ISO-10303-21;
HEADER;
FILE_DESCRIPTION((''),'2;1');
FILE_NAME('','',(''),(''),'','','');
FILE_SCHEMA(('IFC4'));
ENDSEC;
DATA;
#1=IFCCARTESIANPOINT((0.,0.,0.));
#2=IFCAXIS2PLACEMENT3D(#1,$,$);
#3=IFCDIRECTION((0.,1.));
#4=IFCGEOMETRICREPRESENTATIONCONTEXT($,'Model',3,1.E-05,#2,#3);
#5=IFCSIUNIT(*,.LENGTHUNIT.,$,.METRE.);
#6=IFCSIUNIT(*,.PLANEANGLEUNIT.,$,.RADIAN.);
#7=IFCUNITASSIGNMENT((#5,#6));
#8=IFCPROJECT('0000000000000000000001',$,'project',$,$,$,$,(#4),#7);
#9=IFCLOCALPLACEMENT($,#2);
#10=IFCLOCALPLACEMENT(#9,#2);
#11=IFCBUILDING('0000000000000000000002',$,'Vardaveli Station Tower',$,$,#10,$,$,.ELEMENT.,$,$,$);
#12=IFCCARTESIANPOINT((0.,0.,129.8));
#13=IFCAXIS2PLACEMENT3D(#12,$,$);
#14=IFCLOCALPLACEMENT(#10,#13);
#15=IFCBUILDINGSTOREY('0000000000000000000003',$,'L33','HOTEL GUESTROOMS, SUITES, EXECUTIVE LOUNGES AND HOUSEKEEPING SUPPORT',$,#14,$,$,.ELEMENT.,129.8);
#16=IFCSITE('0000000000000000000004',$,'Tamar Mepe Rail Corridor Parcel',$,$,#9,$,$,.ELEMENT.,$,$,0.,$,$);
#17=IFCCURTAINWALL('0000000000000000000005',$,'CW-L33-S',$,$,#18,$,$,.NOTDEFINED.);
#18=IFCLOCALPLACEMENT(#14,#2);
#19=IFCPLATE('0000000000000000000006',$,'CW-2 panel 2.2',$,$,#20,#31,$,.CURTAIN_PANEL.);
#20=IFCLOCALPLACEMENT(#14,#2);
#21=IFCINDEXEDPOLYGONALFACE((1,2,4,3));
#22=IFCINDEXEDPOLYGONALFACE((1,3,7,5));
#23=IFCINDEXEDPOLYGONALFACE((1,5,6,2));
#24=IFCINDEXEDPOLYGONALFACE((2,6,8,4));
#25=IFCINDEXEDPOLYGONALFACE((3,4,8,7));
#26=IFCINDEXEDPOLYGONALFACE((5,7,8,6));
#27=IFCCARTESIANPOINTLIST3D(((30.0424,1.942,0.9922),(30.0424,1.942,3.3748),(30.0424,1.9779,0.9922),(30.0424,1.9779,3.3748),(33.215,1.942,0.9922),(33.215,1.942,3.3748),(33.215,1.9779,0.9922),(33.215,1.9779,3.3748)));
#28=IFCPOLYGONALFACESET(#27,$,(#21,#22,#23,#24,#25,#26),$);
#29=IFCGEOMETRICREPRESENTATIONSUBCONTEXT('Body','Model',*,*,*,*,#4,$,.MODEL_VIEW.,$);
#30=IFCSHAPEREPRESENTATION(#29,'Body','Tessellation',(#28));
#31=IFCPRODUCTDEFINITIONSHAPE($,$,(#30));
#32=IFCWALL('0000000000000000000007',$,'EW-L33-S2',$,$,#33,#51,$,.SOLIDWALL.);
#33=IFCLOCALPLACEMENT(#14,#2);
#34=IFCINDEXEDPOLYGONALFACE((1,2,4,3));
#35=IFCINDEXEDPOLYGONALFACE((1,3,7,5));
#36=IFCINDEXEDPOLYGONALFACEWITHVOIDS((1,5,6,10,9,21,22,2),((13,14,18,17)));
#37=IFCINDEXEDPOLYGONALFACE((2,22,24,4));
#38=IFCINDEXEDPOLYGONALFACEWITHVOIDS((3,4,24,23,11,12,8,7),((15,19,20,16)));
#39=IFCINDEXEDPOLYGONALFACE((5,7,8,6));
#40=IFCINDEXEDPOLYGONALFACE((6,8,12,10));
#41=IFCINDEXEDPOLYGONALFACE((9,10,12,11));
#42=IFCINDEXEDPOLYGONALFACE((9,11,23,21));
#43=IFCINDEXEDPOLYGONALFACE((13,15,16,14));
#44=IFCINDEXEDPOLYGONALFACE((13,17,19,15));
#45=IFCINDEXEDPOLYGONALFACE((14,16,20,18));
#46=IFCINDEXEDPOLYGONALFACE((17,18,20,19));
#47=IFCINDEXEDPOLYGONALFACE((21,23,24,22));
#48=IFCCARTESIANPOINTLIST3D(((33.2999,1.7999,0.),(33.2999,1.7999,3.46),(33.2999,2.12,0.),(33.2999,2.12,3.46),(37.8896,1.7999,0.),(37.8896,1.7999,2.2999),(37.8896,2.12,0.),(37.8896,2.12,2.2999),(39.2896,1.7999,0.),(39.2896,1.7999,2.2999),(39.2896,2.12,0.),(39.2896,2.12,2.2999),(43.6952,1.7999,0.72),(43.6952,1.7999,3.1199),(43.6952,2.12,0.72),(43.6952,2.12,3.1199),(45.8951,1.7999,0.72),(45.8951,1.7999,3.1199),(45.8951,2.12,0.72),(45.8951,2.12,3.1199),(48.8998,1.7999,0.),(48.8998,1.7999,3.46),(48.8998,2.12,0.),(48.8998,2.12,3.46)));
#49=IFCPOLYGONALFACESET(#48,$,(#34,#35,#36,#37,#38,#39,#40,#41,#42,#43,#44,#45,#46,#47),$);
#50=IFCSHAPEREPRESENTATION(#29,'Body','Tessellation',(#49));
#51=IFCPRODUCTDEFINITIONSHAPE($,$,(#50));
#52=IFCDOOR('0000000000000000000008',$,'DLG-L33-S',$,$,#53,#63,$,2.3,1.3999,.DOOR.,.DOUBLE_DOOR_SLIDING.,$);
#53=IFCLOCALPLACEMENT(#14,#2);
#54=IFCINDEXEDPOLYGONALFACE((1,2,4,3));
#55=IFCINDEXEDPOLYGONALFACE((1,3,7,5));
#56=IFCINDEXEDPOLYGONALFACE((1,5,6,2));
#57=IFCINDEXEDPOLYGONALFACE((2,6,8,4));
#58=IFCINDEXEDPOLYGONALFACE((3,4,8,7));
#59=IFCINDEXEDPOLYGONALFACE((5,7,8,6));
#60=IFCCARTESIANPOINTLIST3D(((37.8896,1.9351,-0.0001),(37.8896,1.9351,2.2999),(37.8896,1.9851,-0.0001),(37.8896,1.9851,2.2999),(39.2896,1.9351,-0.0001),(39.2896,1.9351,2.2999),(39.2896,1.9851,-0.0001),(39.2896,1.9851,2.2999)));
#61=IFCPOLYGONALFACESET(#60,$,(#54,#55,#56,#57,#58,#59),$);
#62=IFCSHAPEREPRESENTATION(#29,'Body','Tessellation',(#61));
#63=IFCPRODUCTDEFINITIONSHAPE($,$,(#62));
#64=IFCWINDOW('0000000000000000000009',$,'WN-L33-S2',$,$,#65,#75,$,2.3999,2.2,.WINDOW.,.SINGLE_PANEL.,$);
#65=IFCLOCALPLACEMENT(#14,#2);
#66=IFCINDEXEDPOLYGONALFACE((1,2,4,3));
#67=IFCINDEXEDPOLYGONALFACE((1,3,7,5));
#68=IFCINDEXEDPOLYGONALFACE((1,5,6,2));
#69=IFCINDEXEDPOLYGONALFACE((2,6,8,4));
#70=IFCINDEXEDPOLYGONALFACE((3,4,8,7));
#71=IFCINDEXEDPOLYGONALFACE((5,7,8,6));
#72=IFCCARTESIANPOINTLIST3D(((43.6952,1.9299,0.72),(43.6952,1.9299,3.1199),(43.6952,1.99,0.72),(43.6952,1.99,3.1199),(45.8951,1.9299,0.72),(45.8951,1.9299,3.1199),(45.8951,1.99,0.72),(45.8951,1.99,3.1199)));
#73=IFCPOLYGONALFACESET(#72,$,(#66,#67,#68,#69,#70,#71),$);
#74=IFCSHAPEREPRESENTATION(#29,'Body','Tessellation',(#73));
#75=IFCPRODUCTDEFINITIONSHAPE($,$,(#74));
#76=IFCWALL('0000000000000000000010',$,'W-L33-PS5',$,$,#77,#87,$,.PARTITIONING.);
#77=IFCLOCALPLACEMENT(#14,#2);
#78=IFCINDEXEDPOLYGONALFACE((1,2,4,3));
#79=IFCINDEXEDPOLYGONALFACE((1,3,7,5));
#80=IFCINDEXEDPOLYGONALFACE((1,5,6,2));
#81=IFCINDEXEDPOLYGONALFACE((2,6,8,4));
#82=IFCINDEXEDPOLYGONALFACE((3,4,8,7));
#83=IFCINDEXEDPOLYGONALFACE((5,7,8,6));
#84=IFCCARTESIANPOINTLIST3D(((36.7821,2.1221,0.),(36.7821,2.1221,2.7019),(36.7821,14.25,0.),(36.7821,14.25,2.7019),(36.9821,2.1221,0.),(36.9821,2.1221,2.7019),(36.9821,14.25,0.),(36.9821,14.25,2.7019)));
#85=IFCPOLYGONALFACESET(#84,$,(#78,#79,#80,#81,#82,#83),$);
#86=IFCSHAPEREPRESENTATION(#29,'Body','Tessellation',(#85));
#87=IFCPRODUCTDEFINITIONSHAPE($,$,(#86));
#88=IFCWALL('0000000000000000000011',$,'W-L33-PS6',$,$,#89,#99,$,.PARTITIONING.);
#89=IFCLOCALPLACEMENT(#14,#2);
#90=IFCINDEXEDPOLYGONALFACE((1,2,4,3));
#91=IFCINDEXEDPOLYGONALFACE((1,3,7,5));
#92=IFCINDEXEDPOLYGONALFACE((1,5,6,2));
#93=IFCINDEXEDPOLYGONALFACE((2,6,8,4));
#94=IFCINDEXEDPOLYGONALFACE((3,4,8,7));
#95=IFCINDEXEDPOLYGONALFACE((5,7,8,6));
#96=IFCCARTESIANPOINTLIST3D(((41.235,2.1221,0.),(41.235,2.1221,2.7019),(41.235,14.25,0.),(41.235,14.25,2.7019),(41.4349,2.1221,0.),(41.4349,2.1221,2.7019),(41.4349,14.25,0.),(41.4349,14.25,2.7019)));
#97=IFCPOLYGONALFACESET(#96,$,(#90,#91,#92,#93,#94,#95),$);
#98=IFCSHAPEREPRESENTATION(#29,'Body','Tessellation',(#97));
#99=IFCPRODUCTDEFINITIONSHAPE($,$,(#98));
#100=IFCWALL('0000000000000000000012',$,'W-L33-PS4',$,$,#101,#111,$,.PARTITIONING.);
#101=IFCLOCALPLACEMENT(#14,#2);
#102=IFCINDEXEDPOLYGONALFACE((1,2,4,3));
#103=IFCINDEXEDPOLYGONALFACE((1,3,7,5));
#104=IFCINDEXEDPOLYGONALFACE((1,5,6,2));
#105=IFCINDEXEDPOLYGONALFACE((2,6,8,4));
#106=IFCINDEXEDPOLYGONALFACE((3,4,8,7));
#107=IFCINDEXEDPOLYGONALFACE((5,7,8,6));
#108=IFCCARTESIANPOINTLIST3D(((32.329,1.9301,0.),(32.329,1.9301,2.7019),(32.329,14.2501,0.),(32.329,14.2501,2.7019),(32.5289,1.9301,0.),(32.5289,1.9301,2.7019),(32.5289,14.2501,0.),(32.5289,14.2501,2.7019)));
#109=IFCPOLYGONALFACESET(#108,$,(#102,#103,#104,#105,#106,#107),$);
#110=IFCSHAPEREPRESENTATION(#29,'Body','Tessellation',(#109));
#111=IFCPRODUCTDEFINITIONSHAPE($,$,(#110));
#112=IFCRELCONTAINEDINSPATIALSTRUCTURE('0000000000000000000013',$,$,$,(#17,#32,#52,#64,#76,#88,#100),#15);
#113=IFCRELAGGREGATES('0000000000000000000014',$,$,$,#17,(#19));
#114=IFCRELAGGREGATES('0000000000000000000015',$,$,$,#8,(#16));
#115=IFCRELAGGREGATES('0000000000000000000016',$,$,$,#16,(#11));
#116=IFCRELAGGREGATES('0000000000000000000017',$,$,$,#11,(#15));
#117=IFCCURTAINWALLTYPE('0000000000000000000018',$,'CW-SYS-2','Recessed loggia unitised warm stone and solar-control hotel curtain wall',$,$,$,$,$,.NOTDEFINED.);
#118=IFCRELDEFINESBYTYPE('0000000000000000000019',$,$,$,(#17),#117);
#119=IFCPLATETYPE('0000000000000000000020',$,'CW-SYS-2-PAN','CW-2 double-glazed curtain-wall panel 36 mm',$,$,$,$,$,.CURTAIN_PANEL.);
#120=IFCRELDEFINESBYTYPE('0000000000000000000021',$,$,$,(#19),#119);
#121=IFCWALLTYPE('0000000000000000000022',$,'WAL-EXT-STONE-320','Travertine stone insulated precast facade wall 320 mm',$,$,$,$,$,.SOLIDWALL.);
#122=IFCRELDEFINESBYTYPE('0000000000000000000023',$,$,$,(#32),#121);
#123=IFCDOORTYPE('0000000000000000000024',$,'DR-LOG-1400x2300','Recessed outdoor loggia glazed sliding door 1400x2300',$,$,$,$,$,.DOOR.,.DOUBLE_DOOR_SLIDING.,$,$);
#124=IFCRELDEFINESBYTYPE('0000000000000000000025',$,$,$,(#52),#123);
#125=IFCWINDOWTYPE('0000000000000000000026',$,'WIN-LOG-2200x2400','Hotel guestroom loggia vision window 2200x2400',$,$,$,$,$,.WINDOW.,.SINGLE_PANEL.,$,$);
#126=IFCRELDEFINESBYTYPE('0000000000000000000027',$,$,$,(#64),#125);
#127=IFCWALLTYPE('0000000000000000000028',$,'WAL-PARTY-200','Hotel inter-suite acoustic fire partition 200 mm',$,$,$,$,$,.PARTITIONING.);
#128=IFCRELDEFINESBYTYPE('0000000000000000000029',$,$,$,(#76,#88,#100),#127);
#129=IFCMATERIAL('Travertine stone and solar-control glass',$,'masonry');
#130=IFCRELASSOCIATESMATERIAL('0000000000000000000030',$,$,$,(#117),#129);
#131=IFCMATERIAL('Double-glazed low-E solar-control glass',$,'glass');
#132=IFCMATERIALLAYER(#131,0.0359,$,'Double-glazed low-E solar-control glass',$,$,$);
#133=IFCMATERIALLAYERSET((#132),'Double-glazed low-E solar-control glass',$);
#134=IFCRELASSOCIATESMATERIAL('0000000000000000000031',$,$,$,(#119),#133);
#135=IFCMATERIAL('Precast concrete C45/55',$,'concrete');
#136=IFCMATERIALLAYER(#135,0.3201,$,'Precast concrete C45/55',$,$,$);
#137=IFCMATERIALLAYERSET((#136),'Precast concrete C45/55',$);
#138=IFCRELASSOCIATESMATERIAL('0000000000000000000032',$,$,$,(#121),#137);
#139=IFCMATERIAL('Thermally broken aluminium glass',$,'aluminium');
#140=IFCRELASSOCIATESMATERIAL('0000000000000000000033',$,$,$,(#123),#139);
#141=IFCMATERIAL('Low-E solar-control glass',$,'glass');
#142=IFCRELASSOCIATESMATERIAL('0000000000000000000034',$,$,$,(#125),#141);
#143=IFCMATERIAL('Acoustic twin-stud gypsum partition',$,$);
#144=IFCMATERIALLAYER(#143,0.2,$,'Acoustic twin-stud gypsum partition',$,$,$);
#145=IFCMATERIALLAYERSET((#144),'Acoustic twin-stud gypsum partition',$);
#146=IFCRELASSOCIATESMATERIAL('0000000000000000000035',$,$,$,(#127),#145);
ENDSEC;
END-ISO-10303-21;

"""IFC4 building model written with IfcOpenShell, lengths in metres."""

from ifc_helpers import new_model, si_unit, direction, frame, frame_2d, origin, origin_2d, place, context, subcontext, project, spatial, rectangle, extrude, source, transform, mapped, material, layer, layer_set, type_object, element, fill, aggregate, save


model = new_model("IFC4")

# Units and contexts
model_context = context("Model", 3, precision=1e-05, world=origin(), true_north=direction((0.0, 1.0)))
body_context = subcontext(model_context, "Body", "Model", "MODEL_VIEW")
ifc_project = project(units=[si_unit("LENGTHUNIT", "METRE"), si_unit("PLANEANGLEUNIT", "RADIAN")], contexts=[model_context])

# Site, building, storey
site_placement = place(None, origin())
site = spatial("IfcSite", under=ifc_project, at=site_placement, Name="Tamar Mepe Rail Corridor Parcel", CompositionType="ELEMENT", RefElevation=0.0)
building_placement = place(site_placement, origin())
building = spatial("IfcBuilding", under=site, at=building_placement, Name="Vardaveli Station Tower", CompositionType="ELEMENT")
storey_placement = place(building_placement, frame((0.0, 0.0, 129.8)))
storey = spatial("IfcBuildingStorey", under=building, at=storey_placement, Name="L33", Description="HOTEL GUESTROOMS, SUITES, EXECUTIVE LOUNGES AND HOUSEKEEPING SUPPORT", CompositionType="ELEMENT", Elevation=129.8)

# Shared definitions
ifc_material_1 = material(Name="Precast concrete C45/55", Category="concrete")

# Curtain wall, plate
ifc_material_2 = material(Name="Travertine stone and solar-control glass", Category="masonry")
curtain_wall_type = type_object("IfcCurtainWallType", Name="CW-SYS-2", Description="Recessed loggia unitised warm stone and solar-control hotel curtain wall", PredefinedType="NOTDEFINED", material=ifc_material_2)
curtain_wall_placement = place(storey_placement, origin())
curtain_wall = element("IfcCurtainWall", 1, at=curtain_wall_placement, inside=storey, type_object=curtain_wall_type, Name="CW-L33-S", PredefinedType="NOTDEFINED")
ifc_material_3 = material(Name="Double-glazed low-E solar-control glass", Category="glass")
ifc_layer_1 = layer(ifc_material_3, 0.0359, Name="Double-glazed low-E solar-control glass")
ifc_layer_set_1 = layer_set([ifc_layer_1], Name="Double-glazed low-E solar-control glass")
plate_type = type_object("IfcPlateType", Name="CW-SYS-2-PAN", Description="CW-2 double-glazed curtain-wall panel 36 mm", PredefinedType="CURTAIN_PANEL", material=ifc_layer_set_1)
shared_shape_1 = source(origin(), body_context, "Body", "SweptSolid", [
    extrude(rectangle(XDim=3.1726, YDim=0.0359, at=origin_2d()), origin(), (0.0, 0.0, 1.0), 2.3826),
])
plate_1_placement = place(storey_placement, frame((31.6287, 1.96, 0.9922), z_axis=(0.0, 0.0, 1.0), x_axis=(1.0, 0.0, 0.0)))
plate_1 = element("IfcPlate", 2, at=plate_1_placement, type_object=plate_type, Name="CW-2 panel 2.2", PredefinedType="CURTAIN_PANEL", context=body_context, shape_type="MappedRepresentation", body=[
    mapped(shared_shape_1, transform((0.0, 0.0, 0.0), scale=1.0)),
])
aggregate(curtain_wall, [plate_1])

# Wall, openings, door, window
ifc_layer_2 = layer(ifc_material_1, 0.3201, Name="Precast concrete C45/55")
ifc_layer_set_2 = layer_set([ifc_layer_2], Name="Precast concrete C45/55")
wall_type_1 = type_object("IfcWallType", Name="WAL-EXT-STONE-320", Description="Travertine stone insulated precast facade wall 320 mm", PredefinedType="SOLIDWALL", material=ifc_layer_set_2)
shared_shape_2 = source(origin(), body_context, "Body", "SweptSolid", [
    extrude(rectangle(XDim=15.5999, YDim=0.3201, at=frame_2d((7.7998, 0.0))), origin(), (0.0, 0.0, 1.0), 3.46),
])
wall_1_placement = place(storey_placement, frame((33.3, 1.96, 0.0), z_axis=(0.0, 0.0, 1.0), x_axis=(1.0, 0.0, 0.0)))
wall_1 = element("IfcWall", 3, at=wall_1_placement, inside=storey, type_object=wall_type_1, Name="EW-L33-S2", PredefinedType="SOLIDWALL", context=body_context, shape_type="MappedRepresentation", body=[
    mapped(shared_shape_2, transform((0.0, 0.0, 0.0), scale=1.0)),
])
shared_shape_3 = source(origin(), body_context, "Body", "SweptSolid", [
    extrude(rectangle(XDim=1.3999, YDim=2.3, at=frame_2d((0.7, 1.1499))), frame((0.0, 0.1699, 0.0), z_axis=(0.0, -1.0, 0.0), x_axis=(1.0, 0.0, 0.0)), (0.0, 0.0, 1.0), 0.3401),
])
opening_1_placement = place(wall_1_placement, frame((4.5896, 0.0, 0.0)))
opening_1 = element("IfcOpeningElement", 4, at=opening_1_placement, cuts=wall_1, PredefinedType="OPENING", context=body_context, shape_type="MappedRepresentation", body=[
    mapped(shared_shape_3, transform((0.0, 0.0, 0.0), scale=1.0)),
])
shared_shape_4 = source(origin(), body_context, "Body", "SweptSolid", [
    extrude(rectangle(XDim=2.2, YDim=2.3999, at=frame_2d((1.1001, 1.2))), frame((0.0, 0.1699, 0.0), z_axis=(0.0, -1.0, 0.0), x_axis=(1.0, 0.0, 0.0)), (0.0, 0.0, 1.0), 0.3401),
])
opening_2_placement = place(wall_1_placement, frame((10.395, 0.0, 0.72)))
opening_2 = element("IfcOpeningElement", 5, at=opening_2_placement, cuts=wall_1, PredefinedType="OPENING", context=body_context, shape_type="MappedRepresentation", body=[
    mapped(shared_shape_4, transform((0.0, 0.0, 0.0), scale=1.0)),
])
ifc_material_4 = material(Name="Thermally broken aluminium glass", Category="aluminium")
door_type = type_object("IfcDoorType", Name="DR-LOG-1400x2300", Description="Recessed outdoor loggia glazed sliding door 1400x2300", OperationType="DOUBLE_DOOR_SLIDING", PredefinedType="DOOR", material=ifc_material_4)
shared_shape_5 = source(origin(), body_context, "Body", "SweptSolid", [
    extrude(rectangle(XDim=1.3999, YDim=2.3, at=frame_2d((0.7, 1.1499))), frame((0.0, 0.0249, 0.0), z_axis=(0.0, -1.0, 0.0), x_axis=(1.0, 0.0, 0.0)), (0.0, 0.0, 1.0), 0.05),
])
door_placement = place(opening_1_placement, frame((1.3999, 0.0, 0.0), z_axis=(0.0, 0.0, 1.0), x_axis=(-1.0, 0.0, 0.0)))
door = element("IfcDoor", 6, at=door_placement, inside=storey, type_object=door_type, Name="DLG-L33-S", OperationType="DOUBLE_DOOR_SLIDING", OverallHeight=2.3, OverallWidth=1.3999, PredefinedType="DOOR", context=body_context, shape_type="MappedRepresentation", body=[
    mapped(shared_shape_5, transform((0.0, 0.0, 0.0), scale=1.0)),
])
fill(opening_1, door)
ifc_material_5 = material(Name="Low-E solar-control glass", Category="glass")
window_type = type_object("IfcWindowType", Name="WIN-LOG-2200x2400", Description="Hotel guestroom loggia vision window 2200x2400", PartitioningType="SINGLE_PANEL", PredefinedType="WINDOW", material=ifc_material_5)
shared_shape_6 = source(origin(), body_context, "Body", "SweptSolid", [
    extrude(rectangle(XDim=2.2, YDim=2.3999, at=frame_2d((1.1001, 1.2))), frame((0.0, 0.03, 0.0), z_axis=(0.0, -1.0, 0.0), x_axis=(1.0, 0.0, 0.0)), (0.0, 0.0, 1.0), 0.0601),
])
window_placement = place(opening_2_placement, origin())
window = element("IfcWindow", 7, at=window_placement, inside=storey, type_object=window_type, Name="WN-L33-S2", OverallHeight=2.3999, OverallWidth=2.2, PartitioningType="SINGLE_PANEL", PredefinedType="WINDOW", context=body_context, shape_type="MappedRepresentation", body=[
    mapped(shared_shape_6, transform((0.0, 0.0, 0.0), scale=1.0)),
])
fill(opening_2, window)

# Walls
ifc_material_6 = material(Name="Acoustic twin-stud gypsum partition")
ifc_layer_3 = layer(ifc_material_6, 0.2, Name="Acoustic twin-stud gypsum partition")
ifc_layer_set_3 = layer_set([ifc_layer_3], Name="Acoustic twin-stud gypsum partition")
wall_type_2 = type_object("IfcWallType", Name="WAL-PARTY-200", Description="Hotel inter-suite acoustic fire partition 200 mm", PredefinedType="PARTITIONING", material=ifc_layer_set_3)
shared_shape_7 = source(origin(), body_context, "Body", "SweptSolid", [
    extrude(rectangle(XDim=12.1279, YDim=0.2, at=frame_2d((6.064, 0.0))), origin(), (0.0, 0.0, 1.0), 2.7019),
])
for number, where, z_axis, x_axis, name in (
    (8, (36.8821, 2.1221, 0.0), (0.0, 0.0, 1.0), (0.0, 1.0, 0.0), "W-L33-PS5"),
    (9, (41.335, 2.1221, 0.0), (0.0, 0.0, 1.0), (0.0, 1.0, 0.0), "W-L33-PS6"),
):
    element("IfcWall", number, at=place(storey_placement, frame(where, z_axis=z_axis, x_axis=x_axis)), inside=storey, type_object=wall_type_2, Name=name, PredefinedType="PARTITIONING", context=body_context, shape_type="MappedRepresentation", body=[
        mapped(shared_shape_7, transform((0.0, 0.0, 0.0), scale=1.0)),
    ])
shared_shape_8 = source(origin(), body_context, "Body", "SweptSolid", [
    extrude(rectangle(XDim=12.3201, YDim=0.2, at=frame_2d((6.1602, 0.0))), origin(), (0.0, 0.0, 1.0), 2.7019),
])
wall_2_placement = place(storey_placement, frame((32.429, 1.9299, 0.0), z_axis=(0.0, 0.0, 1.0), x_axis=(0.0, 1.0, 0.0)))
element("IfcWall", 10, at=wall_2_placement, inside=storey, type_object=wall_type_2, Name="W-L33-PS4", PredefinedType="PARTITIONING", context=body_context, shape_type="MappedRepresentation", body=[
    mapped(shared_shape_8, transform((0.0, 0.0, 0.0), scale=1.0)),
])

save(model, "model.ifc")
